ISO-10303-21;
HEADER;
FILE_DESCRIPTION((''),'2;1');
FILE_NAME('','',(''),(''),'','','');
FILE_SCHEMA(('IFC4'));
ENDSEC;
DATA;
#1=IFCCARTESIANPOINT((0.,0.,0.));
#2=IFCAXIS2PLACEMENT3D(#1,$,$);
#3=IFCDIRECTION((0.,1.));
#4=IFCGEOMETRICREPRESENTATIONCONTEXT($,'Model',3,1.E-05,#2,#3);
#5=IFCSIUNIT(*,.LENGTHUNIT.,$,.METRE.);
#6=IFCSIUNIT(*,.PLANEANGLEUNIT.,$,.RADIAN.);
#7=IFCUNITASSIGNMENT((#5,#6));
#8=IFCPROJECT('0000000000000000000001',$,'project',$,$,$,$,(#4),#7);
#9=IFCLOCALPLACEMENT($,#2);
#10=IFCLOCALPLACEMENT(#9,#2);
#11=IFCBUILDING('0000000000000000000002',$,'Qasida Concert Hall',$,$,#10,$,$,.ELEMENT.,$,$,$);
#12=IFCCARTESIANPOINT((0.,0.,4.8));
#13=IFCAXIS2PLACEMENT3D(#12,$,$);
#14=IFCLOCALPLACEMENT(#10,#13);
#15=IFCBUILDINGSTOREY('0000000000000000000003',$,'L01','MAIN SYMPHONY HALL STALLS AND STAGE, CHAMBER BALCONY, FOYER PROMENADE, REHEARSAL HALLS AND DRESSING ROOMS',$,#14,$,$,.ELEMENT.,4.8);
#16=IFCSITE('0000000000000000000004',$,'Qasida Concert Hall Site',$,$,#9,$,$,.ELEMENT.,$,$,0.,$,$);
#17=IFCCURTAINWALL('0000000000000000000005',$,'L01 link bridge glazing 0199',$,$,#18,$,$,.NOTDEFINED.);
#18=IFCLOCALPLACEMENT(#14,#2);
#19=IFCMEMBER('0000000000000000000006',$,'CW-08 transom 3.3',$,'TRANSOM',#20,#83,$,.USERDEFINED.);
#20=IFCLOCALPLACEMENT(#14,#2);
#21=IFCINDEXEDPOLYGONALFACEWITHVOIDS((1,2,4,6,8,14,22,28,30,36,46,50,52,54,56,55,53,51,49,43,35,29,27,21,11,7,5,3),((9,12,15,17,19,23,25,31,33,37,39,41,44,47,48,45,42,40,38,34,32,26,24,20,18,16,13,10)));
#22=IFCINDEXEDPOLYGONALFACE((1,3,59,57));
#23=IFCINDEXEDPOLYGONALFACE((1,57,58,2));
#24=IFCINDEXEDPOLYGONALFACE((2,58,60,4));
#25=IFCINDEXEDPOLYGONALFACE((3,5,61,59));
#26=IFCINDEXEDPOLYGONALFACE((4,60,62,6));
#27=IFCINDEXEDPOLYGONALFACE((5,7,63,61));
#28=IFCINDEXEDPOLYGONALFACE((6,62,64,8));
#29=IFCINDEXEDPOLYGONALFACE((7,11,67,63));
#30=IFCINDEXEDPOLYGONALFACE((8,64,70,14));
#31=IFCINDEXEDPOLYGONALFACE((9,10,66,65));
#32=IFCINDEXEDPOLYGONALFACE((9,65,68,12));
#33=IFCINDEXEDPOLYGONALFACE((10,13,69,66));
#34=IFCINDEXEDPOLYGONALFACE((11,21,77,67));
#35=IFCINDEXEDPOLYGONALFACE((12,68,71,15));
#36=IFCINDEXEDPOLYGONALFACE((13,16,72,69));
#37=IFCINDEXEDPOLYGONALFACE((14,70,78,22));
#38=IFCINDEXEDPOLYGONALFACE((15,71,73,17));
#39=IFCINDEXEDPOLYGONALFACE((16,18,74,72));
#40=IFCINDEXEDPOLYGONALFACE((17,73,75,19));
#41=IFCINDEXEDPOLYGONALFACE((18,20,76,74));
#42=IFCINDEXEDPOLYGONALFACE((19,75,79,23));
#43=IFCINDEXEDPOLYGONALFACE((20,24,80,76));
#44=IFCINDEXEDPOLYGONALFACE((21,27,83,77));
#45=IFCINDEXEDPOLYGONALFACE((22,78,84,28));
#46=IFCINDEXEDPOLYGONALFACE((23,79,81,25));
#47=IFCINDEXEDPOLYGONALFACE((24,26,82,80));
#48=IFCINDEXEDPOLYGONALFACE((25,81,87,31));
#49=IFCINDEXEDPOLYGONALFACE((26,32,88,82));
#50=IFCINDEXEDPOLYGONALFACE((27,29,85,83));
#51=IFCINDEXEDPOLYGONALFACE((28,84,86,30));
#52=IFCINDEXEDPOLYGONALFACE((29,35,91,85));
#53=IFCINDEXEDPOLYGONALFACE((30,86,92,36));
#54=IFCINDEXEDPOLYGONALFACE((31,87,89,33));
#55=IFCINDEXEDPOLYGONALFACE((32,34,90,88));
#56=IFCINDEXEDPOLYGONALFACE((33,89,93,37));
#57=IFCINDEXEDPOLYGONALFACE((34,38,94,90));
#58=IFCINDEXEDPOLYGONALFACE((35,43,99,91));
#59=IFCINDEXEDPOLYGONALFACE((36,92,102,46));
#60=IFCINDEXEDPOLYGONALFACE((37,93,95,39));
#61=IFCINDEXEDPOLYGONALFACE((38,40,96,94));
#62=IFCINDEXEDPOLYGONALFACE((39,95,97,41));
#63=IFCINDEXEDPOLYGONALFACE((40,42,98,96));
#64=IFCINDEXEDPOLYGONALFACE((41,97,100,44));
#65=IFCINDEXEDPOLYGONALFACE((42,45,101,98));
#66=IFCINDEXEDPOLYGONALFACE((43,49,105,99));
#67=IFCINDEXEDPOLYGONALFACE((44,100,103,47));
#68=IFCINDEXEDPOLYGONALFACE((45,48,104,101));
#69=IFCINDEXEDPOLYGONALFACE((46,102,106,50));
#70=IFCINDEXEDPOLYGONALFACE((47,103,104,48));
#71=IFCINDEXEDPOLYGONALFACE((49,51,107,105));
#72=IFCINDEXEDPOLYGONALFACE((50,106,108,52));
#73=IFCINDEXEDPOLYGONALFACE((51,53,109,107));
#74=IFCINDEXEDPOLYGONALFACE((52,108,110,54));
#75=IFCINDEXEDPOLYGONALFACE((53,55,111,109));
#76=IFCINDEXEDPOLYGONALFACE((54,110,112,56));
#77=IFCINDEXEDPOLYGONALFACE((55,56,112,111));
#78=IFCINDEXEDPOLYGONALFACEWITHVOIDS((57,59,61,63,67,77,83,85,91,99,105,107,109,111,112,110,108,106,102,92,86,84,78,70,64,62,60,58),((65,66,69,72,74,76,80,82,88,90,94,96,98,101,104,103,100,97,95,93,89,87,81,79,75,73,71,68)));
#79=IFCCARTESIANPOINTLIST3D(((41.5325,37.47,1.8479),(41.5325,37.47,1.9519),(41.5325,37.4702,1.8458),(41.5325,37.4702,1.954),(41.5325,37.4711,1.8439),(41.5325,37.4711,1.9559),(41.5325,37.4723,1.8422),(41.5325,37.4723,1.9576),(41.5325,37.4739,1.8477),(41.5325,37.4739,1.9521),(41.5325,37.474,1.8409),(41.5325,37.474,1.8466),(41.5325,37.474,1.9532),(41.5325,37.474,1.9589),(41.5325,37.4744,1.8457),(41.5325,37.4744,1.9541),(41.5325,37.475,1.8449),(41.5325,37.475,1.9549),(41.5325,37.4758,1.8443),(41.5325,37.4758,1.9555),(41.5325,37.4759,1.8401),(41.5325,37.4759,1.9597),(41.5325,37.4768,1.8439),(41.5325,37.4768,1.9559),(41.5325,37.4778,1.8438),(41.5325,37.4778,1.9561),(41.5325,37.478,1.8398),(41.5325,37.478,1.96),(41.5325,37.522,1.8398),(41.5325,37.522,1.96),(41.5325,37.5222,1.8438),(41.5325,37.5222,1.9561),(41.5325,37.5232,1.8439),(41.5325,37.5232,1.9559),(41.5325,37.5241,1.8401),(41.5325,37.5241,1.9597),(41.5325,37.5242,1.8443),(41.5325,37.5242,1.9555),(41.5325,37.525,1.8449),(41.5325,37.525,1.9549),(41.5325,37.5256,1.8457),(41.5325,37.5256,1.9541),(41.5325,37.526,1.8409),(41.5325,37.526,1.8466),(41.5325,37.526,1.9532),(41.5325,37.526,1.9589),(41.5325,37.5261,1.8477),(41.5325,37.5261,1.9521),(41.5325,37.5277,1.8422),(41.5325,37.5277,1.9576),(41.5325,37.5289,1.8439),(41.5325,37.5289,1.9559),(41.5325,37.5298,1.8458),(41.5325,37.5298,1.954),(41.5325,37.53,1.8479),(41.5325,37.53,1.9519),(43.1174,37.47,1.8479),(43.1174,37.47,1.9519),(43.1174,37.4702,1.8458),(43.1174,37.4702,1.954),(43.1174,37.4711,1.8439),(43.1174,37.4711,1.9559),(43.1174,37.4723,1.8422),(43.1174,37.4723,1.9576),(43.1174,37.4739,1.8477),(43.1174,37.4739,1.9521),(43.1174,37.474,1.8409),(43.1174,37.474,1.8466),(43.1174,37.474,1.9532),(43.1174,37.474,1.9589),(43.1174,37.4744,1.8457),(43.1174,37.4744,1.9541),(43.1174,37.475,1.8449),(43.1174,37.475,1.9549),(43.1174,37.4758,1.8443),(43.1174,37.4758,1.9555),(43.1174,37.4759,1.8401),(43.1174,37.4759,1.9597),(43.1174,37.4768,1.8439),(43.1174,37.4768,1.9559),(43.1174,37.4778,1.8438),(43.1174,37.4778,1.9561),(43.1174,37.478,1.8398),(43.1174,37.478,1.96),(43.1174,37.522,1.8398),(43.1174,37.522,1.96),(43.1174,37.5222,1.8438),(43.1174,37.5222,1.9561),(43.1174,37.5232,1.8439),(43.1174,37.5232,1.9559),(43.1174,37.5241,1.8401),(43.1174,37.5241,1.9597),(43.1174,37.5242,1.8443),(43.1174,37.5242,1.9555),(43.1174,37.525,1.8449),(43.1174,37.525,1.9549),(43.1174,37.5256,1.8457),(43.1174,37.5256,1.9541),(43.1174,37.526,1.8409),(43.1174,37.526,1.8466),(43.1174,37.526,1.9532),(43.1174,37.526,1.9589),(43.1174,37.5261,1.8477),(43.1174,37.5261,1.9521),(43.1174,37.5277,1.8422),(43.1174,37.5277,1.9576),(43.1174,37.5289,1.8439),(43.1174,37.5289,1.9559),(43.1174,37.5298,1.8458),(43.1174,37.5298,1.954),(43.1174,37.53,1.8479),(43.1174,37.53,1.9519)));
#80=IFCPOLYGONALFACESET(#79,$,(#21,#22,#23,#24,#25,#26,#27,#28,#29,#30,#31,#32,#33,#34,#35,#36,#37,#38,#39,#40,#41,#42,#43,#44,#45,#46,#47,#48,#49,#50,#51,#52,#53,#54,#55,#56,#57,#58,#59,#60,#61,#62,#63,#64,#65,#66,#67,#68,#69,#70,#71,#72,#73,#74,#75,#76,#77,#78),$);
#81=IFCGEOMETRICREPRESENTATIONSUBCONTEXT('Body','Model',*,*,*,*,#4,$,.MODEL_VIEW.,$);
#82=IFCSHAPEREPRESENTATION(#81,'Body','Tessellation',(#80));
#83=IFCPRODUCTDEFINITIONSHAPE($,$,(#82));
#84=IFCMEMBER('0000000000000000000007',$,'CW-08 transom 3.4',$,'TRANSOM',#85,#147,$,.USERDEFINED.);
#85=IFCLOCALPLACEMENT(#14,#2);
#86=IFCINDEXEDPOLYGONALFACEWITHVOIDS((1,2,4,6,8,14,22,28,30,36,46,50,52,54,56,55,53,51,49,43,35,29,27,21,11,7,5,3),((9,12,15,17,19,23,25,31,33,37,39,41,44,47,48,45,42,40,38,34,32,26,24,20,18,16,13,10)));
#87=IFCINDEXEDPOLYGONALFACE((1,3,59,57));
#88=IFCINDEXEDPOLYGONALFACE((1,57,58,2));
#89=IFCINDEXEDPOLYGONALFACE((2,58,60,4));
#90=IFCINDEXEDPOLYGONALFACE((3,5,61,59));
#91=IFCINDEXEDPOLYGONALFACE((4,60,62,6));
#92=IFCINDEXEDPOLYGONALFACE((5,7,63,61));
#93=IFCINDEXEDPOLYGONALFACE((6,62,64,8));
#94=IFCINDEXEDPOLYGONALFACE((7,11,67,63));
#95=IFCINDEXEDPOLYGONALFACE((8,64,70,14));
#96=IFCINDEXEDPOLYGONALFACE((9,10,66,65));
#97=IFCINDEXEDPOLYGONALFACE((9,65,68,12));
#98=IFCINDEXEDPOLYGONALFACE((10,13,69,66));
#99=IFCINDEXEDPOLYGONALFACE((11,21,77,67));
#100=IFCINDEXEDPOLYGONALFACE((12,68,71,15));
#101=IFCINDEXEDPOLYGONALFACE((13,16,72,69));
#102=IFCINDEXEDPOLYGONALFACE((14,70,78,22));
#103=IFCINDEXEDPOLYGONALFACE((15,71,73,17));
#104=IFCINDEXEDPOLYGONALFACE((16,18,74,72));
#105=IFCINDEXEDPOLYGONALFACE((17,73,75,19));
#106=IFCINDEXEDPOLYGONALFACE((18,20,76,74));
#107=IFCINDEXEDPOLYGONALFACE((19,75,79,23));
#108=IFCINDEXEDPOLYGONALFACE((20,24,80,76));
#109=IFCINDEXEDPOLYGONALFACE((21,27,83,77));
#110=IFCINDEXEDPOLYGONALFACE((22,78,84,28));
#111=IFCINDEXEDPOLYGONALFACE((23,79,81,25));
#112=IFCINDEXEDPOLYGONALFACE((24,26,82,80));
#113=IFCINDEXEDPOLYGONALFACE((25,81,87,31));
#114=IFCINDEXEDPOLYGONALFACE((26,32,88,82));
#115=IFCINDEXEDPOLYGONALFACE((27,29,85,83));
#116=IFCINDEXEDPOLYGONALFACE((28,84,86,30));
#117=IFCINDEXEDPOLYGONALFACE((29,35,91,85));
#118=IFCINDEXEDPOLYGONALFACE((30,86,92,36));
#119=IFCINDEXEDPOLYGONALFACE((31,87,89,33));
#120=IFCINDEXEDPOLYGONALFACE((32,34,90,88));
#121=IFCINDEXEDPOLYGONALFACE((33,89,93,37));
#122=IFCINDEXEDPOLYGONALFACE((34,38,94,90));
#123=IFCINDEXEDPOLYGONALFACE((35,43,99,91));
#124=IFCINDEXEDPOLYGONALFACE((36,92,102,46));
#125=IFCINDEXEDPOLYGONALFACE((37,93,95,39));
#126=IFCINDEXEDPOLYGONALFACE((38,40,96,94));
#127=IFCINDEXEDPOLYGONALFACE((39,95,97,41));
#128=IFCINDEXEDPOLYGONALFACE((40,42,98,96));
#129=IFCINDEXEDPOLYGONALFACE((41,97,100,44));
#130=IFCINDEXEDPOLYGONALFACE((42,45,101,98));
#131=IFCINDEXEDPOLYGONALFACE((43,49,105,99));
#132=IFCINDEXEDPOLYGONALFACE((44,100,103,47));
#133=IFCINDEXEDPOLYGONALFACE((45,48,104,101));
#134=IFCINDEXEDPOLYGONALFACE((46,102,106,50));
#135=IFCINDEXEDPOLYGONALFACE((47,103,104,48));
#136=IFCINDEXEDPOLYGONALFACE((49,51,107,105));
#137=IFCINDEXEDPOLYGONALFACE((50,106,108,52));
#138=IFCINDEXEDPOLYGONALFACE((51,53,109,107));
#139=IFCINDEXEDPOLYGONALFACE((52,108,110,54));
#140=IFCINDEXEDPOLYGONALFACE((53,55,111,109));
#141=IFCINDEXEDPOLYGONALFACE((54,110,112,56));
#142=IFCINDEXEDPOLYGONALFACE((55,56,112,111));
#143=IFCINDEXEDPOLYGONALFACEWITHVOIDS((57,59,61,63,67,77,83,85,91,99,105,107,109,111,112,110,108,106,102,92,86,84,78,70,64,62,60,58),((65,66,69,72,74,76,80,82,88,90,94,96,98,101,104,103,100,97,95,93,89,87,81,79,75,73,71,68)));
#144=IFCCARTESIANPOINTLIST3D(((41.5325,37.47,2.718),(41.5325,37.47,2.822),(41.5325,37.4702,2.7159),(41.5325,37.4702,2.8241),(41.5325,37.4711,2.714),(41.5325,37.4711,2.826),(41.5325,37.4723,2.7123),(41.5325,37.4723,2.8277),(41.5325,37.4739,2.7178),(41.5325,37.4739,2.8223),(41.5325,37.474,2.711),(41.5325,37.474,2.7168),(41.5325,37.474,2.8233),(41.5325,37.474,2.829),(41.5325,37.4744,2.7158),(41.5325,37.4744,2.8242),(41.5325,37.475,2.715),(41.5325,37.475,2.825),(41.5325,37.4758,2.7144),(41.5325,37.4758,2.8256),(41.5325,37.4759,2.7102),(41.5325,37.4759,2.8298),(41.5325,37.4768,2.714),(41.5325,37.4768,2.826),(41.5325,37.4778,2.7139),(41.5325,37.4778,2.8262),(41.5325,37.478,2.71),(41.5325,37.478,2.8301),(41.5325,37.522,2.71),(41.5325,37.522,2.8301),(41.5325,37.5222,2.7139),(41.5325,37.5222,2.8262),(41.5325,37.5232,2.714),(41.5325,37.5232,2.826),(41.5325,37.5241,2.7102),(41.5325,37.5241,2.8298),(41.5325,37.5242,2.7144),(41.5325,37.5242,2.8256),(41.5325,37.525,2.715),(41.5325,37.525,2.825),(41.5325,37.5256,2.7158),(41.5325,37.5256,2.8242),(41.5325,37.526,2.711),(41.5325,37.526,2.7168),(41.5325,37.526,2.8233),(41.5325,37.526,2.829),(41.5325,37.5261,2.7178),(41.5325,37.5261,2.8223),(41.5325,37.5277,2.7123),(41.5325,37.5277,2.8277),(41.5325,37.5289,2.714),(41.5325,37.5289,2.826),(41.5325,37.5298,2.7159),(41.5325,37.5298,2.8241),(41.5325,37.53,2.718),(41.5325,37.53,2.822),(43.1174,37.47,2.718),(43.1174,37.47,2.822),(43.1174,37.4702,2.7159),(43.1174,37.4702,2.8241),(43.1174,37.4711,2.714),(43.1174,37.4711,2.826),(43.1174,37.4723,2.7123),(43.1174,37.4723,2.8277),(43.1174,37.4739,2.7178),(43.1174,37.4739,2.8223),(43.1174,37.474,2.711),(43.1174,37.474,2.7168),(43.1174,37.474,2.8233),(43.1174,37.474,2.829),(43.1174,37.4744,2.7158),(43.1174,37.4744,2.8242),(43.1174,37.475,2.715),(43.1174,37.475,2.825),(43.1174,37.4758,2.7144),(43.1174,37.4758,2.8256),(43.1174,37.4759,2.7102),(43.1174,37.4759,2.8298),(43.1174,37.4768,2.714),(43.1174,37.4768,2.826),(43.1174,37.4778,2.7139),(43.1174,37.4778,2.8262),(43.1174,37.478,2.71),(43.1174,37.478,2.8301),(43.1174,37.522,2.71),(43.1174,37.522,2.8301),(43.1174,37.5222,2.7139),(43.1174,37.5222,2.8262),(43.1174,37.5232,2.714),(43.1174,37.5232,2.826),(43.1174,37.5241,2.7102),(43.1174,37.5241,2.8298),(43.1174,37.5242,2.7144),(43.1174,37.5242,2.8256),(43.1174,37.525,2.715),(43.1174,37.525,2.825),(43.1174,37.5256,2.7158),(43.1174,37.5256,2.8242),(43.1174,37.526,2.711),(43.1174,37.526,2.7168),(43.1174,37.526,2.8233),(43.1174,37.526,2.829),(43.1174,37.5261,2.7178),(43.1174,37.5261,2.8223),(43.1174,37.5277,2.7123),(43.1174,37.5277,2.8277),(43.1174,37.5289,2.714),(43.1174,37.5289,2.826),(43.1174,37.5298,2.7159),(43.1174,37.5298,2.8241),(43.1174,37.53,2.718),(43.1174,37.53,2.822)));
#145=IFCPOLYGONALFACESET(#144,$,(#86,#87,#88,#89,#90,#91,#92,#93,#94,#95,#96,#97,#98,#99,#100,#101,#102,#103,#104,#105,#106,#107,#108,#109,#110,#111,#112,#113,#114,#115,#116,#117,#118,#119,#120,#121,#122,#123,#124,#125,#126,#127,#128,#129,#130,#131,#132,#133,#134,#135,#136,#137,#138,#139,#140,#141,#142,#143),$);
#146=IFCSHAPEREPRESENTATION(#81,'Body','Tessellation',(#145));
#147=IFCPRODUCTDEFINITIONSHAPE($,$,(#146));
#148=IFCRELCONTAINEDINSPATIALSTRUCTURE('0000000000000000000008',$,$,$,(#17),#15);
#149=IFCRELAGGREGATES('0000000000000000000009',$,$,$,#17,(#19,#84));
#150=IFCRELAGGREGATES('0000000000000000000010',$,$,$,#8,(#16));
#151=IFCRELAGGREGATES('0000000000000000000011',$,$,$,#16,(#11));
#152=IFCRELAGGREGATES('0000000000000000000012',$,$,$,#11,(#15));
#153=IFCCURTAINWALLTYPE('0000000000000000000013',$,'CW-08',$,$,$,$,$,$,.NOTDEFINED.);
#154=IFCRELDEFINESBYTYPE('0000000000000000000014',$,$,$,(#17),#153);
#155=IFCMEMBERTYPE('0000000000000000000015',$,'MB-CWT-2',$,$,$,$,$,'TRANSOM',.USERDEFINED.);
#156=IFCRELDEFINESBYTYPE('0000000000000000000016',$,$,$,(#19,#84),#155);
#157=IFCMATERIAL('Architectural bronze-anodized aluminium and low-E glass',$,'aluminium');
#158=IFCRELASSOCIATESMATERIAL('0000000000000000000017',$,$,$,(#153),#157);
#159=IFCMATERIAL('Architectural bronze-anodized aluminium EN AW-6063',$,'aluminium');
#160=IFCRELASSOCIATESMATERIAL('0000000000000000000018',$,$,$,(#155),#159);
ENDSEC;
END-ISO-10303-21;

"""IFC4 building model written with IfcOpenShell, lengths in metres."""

from ifc_helpers import new_model, si_unit, direction, frame, origin, origin_2d, place, context, subcontext, project, spatial, hollow_rectangle, extrude, material, material_profile, profile_set, type_object, element, aggregate, save


model = new_model("IFC4")

# Units and contexts
model_context = context("Model", 3, precision=1e-05, world=origin(), true_north=direction((0.0, 1.0)))
body_context = subcontext(model_context, "Body", "Model", "MODEL_VIEW")
ifc_project = project(units=[si_unit("LENGTHUNIT", "METRE"), si_unit("PLANEANGLEUNIT", "RADIAN")], contexts=[model_context])

# Site, building, storey
site_placement = place(None, origin())
site = spatial("IfcSite", under=ifc_project, at=site_placement, Name="Qasida Concert Hall Site", CompositionType="ELEMENT", RefElevation=0.0)
building_placement = place(site_placement, origin())
building = spatial("IfcBuilding", under=site, at=building_placement, Name="Qasida Concert Hall", CompositionType="ELEMENT")
storey_placement = place(building_placement, frame((0.0, 0.0, 4.8)))
storey = spatial("IfcBuildingStorey", under=building, at=storey_placement, Name="L01", Description="MAIN SYMPHONY HALL STALLS AND STAGE, CHAMBER BALCONY, FOYER PROMENADE, REHEARSAL HALLS AND DRESSING ROOMS", CompositionType="ELEMENT", Elevation=4.8)

# Shared definitions
ifc_material_1 = material(Name="Architectural bronze-anodized aluminium and low-E glass", Category="aluminium")
ifc_material_2 = material(Name="Architectural bronze-anodized aluminium EN AW-6063", Category="aluminium")

# Curtain wall
curtain_wall_type_1 = type_object("IfcCurtainWallType", Name="CW-08", PredefinedType="NOTDEFINED", material=ifc_material_1)
curtain_wall_1_placement = place(storey_placement, origin())
curtain_wall_1 = element("IfcCurtainWall", 1, at=curtain_wall_1_placement, inside=storey, type_object=curtain_wall_type_1, Name="L01 link bridge glazing 0199", PredefinedType="NOTDEFINED")

# Members
ifc_material_profile_1 = material_profile(ifc_material_2, hollow_rectangle(XDim=0.0601, YDim=0.1201, WallThickness=0.0039, InnerFilletRadius=0.0039, OuterFilletRadius=0.0081, at=origin_2d()), Name="CWT 120x60x4")
ifc_profile_set_1 = profile_set([ifc_material_profile_1], Name="Architectural bronze-anodized aluminium EN AW-6063")
member_type_1 = type_object("IfcMemberType", Name="MB-CWT-2", ElementType="TRANSOM", PredefinedType="USERDEFINED", material=ifc_profile_set_1)
member_1_placement = place(storey_placement, frame((41.5325, 37.5, 1.8999), z_axis=(1.0, 0.0, 0.0), x_axis=(0.0, 1.0, 0.0)))
member_1 = element("IfcMember", 2, at=member_1_placement, type_object=member_type_1, Name="CW-08 transom 3.3", ObjectType="TRANSOM", PredefinedType="USERDEFINED", context=body_context, shape_type="SweptSolid", body=[
    extrude(hollow_rectangle(XDim=0.0601, YDim=0.1201, WallThickness=0.0039, InnerFilletRadius=0.0039, OuterFilletRadius=0.0081, at=origin_2d()), origin(), (0.0, 0.0, 1.0), 1.585),
])
member_2_placement = place(storey_placement, frame((41.5325, 37.5, 2.77), z_axis=(1.0, 0.0, 0.0), x_axis=(0.0, 1.0, 0.0)))
member_2 = element("IfcMember", 3, at=member_2_placement, type_object=member_type_1, Name="CW-08 transom 3.4", ObjectType="TRANSOM", PredefinedType="USERDEFINED", context=body_context, shape_type="SweptSolid", body=[
    extrude(hollow_rectangle(XDim=0.0601, YDim=0.1201, WallThickness=0.0039, InnerFilletRadius=0.0039, OuterFilletRadius=0.0081, at=origin_2d()), origin(), (0.0, 0.0, 1.0), 1.585),
])

aggregate(curtain_wall_1, [member_1, member_2])

save(model, "model.ifc")
